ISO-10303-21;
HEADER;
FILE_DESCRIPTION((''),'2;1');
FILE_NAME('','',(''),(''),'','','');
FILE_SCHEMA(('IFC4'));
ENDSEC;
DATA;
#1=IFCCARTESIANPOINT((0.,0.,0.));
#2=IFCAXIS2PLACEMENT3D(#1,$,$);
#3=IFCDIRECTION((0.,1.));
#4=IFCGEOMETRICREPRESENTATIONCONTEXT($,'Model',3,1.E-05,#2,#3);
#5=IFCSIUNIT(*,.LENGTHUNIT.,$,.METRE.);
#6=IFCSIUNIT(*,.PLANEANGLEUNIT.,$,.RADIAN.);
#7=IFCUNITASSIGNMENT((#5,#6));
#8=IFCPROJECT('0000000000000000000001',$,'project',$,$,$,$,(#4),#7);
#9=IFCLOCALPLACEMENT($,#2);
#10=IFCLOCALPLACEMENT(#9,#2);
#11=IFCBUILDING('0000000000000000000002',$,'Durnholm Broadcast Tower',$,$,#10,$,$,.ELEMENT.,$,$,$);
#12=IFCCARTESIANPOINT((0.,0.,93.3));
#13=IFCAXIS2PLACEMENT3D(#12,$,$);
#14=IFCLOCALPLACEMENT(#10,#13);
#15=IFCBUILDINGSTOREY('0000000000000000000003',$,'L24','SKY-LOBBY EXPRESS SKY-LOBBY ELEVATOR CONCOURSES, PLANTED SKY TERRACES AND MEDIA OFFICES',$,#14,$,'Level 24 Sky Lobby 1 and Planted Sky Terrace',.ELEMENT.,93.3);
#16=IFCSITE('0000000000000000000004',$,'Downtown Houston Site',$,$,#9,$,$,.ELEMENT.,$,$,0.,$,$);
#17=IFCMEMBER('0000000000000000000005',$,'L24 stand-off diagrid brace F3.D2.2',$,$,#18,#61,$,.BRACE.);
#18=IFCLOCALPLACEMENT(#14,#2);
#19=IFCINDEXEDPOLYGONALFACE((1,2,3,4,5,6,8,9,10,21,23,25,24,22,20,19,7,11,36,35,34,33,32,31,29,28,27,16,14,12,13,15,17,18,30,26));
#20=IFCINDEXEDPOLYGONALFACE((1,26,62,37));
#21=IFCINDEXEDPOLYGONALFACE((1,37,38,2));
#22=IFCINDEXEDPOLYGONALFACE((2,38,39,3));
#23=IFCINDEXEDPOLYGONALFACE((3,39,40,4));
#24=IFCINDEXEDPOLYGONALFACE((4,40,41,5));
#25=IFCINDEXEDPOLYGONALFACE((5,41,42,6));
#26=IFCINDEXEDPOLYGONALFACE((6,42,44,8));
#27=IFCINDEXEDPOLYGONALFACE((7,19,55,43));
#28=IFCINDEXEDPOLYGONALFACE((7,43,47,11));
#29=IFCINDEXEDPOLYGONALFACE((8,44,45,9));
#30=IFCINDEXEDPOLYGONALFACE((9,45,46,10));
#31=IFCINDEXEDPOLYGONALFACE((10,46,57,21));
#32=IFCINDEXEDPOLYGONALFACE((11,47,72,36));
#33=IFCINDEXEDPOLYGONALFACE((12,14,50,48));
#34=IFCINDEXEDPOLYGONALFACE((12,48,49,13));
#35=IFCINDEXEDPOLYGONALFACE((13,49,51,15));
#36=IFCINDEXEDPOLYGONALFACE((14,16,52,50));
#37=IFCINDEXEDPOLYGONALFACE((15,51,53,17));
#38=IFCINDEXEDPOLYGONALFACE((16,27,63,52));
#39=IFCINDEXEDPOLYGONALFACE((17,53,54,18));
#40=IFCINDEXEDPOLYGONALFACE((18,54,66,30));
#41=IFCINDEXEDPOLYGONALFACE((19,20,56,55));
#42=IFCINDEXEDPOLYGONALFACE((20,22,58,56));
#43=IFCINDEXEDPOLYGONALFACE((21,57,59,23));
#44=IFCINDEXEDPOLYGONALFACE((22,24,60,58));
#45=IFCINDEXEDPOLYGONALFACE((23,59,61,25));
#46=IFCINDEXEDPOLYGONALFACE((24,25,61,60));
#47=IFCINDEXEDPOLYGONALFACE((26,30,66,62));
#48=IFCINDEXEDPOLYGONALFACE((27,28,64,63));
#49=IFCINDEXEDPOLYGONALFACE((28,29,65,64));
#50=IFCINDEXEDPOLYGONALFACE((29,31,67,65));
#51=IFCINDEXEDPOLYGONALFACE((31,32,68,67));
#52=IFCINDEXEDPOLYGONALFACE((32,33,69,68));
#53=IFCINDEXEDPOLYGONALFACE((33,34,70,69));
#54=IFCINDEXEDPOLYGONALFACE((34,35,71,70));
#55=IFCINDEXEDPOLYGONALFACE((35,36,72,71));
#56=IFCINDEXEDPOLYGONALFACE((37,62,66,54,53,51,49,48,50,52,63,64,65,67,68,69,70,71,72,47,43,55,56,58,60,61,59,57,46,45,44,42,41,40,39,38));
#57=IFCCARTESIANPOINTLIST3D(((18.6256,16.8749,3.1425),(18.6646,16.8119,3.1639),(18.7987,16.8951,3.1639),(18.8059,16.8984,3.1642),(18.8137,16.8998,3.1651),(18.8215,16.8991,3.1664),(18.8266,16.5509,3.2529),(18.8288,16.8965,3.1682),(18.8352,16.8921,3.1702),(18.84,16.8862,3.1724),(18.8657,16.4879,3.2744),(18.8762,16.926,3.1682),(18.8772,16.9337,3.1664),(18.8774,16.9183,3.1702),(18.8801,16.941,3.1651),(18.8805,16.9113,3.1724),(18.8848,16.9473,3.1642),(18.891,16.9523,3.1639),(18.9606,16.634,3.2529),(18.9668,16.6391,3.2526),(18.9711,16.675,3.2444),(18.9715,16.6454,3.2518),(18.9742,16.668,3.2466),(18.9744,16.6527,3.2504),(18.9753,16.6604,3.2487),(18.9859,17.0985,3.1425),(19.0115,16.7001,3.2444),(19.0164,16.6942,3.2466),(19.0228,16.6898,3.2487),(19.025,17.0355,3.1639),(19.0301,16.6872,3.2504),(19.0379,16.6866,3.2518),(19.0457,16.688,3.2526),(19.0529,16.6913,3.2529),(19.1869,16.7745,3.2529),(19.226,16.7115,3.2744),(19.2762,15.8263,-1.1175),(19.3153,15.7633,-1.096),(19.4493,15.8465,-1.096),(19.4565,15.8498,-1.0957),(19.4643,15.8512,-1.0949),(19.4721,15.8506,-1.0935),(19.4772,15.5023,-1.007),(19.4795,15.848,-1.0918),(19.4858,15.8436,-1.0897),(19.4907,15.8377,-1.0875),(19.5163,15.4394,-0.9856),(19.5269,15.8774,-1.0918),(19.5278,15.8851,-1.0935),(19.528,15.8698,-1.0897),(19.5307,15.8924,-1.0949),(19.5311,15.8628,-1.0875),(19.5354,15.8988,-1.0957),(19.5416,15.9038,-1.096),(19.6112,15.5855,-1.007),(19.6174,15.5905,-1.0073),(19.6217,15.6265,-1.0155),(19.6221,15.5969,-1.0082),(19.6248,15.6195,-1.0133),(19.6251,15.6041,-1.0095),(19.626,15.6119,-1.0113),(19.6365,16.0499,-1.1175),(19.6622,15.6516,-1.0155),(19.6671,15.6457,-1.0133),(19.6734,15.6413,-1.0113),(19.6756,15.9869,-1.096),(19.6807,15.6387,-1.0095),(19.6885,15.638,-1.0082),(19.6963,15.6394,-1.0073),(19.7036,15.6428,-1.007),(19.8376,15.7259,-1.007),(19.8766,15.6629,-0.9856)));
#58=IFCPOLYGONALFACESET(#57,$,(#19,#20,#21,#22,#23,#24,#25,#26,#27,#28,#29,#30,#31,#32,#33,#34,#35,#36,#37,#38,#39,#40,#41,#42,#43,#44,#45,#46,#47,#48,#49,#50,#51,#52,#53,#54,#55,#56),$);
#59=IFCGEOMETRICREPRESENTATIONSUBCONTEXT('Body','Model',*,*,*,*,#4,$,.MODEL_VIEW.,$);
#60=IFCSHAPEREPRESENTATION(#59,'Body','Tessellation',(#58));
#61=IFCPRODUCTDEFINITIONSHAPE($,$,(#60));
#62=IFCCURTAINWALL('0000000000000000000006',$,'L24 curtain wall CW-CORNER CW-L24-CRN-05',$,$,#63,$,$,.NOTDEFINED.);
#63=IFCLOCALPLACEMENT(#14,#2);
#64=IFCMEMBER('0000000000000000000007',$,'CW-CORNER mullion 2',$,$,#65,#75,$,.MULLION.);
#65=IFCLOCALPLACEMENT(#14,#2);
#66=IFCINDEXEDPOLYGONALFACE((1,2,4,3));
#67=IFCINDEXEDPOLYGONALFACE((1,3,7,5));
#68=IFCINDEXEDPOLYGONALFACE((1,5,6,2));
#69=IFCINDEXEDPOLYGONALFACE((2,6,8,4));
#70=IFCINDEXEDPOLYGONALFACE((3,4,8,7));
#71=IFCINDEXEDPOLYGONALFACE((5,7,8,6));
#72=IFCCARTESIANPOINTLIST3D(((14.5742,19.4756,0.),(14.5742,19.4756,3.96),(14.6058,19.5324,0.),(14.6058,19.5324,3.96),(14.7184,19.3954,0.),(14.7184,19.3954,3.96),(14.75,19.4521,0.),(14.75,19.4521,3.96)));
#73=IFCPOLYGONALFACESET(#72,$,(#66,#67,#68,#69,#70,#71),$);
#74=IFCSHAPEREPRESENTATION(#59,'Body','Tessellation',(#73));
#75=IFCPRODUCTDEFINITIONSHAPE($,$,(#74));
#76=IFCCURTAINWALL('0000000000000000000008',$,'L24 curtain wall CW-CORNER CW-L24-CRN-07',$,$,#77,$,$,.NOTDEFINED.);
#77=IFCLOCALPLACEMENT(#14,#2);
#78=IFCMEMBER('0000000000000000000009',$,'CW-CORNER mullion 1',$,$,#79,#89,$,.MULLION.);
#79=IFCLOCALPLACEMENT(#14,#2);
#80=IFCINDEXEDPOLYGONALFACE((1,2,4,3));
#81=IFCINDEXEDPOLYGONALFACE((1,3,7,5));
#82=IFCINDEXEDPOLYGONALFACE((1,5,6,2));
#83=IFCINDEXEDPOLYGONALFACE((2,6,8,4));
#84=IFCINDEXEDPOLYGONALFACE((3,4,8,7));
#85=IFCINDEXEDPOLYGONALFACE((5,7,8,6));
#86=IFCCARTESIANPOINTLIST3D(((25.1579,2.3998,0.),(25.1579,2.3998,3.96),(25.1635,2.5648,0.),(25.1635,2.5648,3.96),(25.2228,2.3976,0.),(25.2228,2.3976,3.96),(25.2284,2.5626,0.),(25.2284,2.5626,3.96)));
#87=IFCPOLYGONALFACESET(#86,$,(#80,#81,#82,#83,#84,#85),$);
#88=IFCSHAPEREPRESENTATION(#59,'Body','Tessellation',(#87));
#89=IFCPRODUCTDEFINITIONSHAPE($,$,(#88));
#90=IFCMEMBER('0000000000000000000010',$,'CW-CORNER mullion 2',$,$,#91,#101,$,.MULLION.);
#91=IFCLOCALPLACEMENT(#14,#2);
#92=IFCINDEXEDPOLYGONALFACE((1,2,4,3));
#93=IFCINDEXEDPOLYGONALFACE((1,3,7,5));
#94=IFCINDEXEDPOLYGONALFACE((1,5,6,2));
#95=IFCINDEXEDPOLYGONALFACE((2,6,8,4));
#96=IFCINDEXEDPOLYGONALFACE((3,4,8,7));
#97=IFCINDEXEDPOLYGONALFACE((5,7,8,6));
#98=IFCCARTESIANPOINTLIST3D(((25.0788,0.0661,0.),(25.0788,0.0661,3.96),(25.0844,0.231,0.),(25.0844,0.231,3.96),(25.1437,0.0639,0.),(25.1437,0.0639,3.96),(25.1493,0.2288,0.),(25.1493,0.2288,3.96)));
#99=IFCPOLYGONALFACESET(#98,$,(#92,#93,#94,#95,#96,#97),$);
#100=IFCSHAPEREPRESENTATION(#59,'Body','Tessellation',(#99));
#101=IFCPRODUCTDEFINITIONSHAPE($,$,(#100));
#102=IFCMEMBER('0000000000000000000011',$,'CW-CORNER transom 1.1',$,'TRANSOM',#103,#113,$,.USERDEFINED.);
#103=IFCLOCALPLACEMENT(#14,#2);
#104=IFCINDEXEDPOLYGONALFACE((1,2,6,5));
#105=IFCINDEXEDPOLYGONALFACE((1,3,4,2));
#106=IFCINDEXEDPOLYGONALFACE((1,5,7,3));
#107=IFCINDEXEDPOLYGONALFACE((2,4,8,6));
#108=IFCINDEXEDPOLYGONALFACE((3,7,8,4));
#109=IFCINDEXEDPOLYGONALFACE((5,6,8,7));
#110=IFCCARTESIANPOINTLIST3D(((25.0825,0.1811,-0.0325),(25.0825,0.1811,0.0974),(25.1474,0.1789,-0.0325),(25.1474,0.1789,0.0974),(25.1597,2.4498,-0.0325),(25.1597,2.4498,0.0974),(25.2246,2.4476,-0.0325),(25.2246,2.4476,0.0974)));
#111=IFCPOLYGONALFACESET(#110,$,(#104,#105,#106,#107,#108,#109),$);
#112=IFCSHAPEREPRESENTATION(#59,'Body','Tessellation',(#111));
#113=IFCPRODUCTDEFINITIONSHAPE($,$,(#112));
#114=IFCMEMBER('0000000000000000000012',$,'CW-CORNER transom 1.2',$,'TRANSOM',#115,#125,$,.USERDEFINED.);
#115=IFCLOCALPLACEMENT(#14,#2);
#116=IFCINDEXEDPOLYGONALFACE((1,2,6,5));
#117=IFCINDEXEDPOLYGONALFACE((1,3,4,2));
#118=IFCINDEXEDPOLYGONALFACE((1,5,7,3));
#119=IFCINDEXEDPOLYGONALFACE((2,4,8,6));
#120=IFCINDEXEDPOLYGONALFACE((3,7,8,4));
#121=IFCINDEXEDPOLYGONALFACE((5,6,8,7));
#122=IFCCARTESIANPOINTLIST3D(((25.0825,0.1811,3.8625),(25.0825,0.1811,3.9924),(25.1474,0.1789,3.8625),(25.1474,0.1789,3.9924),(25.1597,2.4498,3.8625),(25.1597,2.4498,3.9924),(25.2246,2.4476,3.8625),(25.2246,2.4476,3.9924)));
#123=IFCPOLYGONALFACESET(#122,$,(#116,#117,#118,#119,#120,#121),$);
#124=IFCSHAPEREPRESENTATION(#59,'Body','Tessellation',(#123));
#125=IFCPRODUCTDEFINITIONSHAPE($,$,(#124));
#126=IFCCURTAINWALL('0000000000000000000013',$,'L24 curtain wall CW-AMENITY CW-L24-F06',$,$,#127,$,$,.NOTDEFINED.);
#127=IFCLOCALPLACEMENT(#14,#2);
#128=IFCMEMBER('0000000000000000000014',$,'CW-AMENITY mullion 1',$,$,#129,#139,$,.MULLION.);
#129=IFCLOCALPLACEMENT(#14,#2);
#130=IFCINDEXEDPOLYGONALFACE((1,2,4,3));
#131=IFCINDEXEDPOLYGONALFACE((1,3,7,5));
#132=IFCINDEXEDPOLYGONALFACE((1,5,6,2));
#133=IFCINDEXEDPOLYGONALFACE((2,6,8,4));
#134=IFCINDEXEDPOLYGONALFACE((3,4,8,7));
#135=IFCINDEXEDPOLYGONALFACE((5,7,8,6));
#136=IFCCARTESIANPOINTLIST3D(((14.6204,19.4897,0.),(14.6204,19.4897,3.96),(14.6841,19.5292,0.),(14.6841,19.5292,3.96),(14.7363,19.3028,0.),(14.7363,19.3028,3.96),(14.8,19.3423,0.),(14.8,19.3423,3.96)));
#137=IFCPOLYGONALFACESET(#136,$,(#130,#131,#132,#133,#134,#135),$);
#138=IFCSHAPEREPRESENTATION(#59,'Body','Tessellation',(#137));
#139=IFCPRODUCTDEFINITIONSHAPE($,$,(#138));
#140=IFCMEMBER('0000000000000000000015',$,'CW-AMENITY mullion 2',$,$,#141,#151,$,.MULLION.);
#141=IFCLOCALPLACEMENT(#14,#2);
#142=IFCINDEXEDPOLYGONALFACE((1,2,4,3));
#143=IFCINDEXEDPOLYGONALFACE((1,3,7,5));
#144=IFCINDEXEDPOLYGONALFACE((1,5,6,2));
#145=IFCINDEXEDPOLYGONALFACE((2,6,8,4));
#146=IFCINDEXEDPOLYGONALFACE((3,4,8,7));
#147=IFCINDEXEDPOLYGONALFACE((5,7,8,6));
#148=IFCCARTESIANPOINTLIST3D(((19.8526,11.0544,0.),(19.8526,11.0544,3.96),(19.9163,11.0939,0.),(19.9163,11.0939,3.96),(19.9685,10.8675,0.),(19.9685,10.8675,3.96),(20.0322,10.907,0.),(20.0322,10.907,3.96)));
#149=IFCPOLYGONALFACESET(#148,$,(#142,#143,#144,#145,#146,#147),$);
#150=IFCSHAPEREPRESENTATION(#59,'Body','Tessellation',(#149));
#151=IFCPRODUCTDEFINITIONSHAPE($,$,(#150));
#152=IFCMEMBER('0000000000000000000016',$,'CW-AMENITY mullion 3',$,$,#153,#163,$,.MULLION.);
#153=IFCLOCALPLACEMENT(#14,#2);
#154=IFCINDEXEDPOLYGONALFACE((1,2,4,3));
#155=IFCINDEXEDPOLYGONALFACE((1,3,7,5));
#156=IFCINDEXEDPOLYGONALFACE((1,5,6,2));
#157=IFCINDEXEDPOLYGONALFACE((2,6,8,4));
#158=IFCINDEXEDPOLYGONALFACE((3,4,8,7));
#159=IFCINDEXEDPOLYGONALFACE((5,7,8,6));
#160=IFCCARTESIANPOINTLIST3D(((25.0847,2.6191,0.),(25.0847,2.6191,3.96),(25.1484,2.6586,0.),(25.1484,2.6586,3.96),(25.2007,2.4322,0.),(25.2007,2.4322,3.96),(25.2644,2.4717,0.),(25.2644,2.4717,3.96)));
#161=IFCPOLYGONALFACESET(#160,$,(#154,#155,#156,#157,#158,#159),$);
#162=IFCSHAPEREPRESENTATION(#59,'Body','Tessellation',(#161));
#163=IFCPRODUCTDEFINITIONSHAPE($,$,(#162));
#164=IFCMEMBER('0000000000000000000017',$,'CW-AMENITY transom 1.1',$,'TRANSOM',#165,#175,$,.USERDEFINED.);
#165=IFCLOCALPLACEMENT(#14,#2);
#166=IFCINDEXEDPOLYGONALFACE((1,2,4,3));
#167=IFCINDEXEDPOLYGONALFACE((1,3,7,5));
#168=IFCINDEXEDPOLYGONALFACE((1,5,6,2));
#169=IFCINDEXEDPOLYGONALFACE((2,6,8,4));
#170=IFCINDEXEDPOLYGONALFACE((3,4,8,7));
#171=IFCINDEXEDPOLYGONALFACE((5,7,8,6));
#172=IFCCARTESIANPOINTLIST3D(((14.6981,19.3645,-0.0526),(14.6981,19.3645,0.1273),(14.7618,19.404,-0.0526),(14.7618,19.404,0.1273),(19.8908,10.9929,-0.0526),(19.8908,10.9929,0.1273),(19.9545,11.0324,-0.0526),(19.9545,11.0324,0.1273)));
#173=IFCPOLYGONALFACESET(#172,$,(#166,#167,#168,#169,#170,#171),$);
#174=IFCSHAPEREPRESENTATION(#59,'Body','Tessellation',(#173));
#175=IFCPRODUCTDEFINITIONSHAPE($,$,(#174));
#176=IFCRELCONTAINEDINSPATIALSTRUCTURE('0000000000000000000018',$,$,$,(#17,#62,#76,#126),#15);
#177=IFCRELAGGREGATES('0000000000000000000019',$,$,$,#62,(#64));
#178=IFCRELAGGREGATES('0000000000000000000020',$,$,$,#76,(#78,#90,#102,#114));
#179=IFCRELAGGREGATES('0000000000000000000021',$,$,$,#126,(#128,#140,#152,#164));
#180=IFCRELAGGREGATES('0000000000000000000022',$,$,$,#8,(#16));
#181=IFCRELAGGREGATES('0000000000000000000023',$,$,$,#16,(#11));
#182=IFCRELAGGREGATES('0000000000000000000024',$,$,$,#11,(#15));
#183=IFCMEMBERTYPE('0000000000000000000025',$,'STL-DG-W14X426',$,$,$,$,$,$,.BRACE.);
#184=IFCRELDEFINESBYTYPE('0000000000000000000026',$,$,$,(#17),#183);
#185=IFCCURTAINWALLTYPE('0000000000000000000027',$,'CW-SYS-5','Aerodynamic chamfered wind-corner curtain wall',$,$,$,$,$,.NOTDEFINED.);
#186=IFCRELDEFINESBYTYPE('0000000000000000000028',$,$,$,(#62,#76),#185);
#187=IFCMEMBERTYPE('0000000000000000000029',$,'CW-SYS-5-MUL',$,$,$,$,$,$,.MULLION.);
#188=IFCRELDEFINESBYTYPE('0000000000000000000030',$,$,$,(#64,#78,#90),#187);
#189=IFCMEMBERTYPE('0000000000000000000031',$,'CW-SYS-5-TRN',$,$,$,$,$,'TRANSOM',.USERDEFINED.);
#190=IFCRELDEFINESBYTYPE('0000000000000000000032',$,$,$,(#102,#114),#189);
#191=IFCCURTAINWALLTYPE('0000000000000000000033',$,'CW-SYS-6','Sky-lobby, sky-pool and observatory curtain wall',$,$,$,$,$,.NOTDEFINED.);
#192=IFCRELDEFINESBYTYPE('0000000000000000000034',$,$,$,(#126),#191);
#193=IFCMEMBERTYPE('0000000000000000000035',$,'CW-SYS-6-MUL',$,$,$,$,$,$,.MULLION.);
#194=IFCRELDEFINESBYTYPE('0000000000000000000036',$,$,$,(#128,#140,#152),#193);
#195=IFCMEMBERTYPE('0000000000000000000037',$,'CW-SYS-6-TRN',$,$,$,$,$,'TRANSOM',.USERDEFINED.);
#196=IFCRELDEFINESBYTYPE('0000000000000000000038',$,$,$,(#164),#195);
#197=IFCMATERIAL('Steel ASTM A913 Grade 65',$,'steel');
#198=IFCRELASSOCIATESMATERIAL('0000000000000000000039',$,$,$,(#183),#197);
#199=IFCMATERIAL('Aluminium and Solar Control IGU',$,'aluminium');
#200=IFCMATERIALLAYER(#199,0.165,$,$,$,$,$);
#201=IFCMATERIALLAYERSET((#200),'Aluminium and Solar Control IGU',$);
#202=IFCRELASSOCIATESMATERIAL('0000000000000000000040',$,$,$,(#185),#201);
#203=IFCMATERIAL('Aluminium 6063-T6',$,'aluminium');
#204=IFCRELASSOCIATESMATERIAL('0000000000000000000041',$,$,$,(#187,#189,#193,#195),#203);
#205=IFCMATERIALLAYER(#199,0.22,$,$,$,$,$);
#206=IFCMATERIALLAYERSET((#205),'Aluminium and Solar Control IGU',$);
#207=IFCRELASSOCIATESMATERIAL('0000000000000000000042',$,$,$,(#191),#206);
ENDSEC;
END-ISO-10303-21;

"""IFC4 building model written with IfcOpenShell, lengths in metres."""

from ifc_helpers import new_model, si_unit, direction, frame, origin, origin_2d, place, context, subcontext, project, spatial, rectangle, i_section, extrude, source, transform, mapped, material, layer, layer_set, material_profile, profile_set, type_object, type_shapes, element, aggregate, save


model = new_model("IFC4")

# Units and contexts
model_context = context("Model", 3, precision=1e-05, world=origin(), true_north=direction((0.0, 1.0)))
body_context = subcontext(model_context, "Body", "Model", "MODEL_VIEW")
ifc_project = project(units=[si_unit("LENGTHUNIT", "METRE"), si_unit("PLANEANGLEUNIT", "RADIAN")], contexts=[model_context])

# Site, building, storey
site_placement = place(None, origin())
site = spatial("IfcSite", under=ifc_project, at=site_placement, Name="Downtown Houston Site", CompositionType="ELEMENT", RefElevation=0.0)
building_placement = place(site_placement, origin())
building = spatial("IfcBuilding", under=site, at=building_placement, Name="Durnholm Broadcast Tower", CompositionType="ELEMENT")
storey_placement = place(building_placement, frame((0.0, 0.0, 93.3)))
storey = spatial("IfcBuildingStorey", under=building, at=storey_placement, Name="L24", Description="SKY-LOBBY EXPRESS SKY-LOBBY ELEVATOR CONCOURSES, PLANTED SKY TERRACES AND MEDIA OFFICES", LongName="Level 24 Sky Lobby 1 and Planted Sky Terrace", CompositionType="ELEMENT", Elevation=93.3)

# Member
ifc_material_1 = material(Name="Steel ASTM A913 Grade 65", Category="steel")
ifc_material_profile_1 = material_profile(ifc_material_1, i_section(OverallWidth=0.4241, OverallDepth=0.4741, WebThickness=0.0476, FlangeThickness=0.0771, FilletRadius=0.0305, at=origin_2d()), Name="W14X426")
ifc_profile_set_1 = profile_set([ifc_material_profile_1], Name="Steel ASTM A913 Grade 65")
member_type_1 = type_object("IfcMemberType", Name="STL-DG-W14X426", PredefinedType="BRACE", material=ifc_profile_set_1)
shared_shape_1 = source(origin(), body_context, "Body", "SweptSolid", [
    extrude(i_section(OverallWidth=0.4241, OverallDepth=0.4741, WebThickness=0.0476, FlangeThickness=0.0771, FilletRadius=0.0305, at=origin_2d()), origin(), (0.0, 0.0, 1.0), 4.4351),
])
type_shapes(member_type_1, [shared_shape_1])
for number, where, z_axis, x_axis, name in (
    (1, (19.5764, 15.7446, -1.0515), (-0.1467, 0.236426, 0.960511), (-0.849717, -0.52724, 0.0), "L24 stand-off diagrid brace F3.D2.2"),
):
    element("IfcMember", number, at=place(storey_placement, frame(where, z_axis=z_axis, x_axis=x_axis)), inside=storey, type_object=member_type_1, Name=name, PredefinedType="BRACE", context=body_context, shape_type="MappedRepresentation", body=[
        mapped(shared_shape_1, transform((0.0, 0.0, 0.0), x_axis=(1.0, 0.0, 0.0), y_axis=(0.0, 1.0, 0.0), z_axis=(0.0, 0.0, 1.0), scale=1.0)),
    ])

# Curtain wall, member
ifc_material_2 = material(Name="Aluminium and Solar Control IGU", Category="aluminium")
ifc_layer_1 = layer(ifc_material_2, 0.165)
ifc_layer_set_1 = layer_set([ifc_layer_1], Name="Aluminium and Solar Control IGU")
curtain_wall_type_1 = type_object("IfcCurtainWallType", Name="CW-SYS-5", Description="Aerodynamic chamfered wind-corner curtain wall", PredefinedType="NOTDEFINED", material=ifc_layer_set_1)
curtain_wall_1_placement = place(storey_placement, origin())
curtain_wall_1 = element("IfcCurtainWall", 2, at=curtain_wall_1_placement, inside=storey, type_object=curtain_wall_type_1, Name="L24 curtain wall CW-CORNER CW-L24-CRN-05", PredefinedType="NOTDEFINED")
ifc_material_3 = material(Name="Aluminium 6063-T6", Category="aluminium")
ifc_material_profile_2 = material_profile(ifc_material_3, rectangle(XDim=0.0649, YDim=0.165, at=origin_2d()), Name="CWM65X165")
ifc_profile_set_2 = profile_set([ifc_material_profile_2], Name="Aluminium 6063-T6")
member_type_2 = type_object("IfcMemberType", Name="CW-SYS-5-MUL", PredefinedType="MULLION", material=ifc_profile_set_2)
shared_shape_2 = source(origin(), body_context, "Body", "SweptSolid", [
    extrude(rectangle(XDim=0.0649, YDim=0.165, at=origin_2d()), origin(), (0.0, 0.0, 1.0), 3.96),
])
type_shapes(member_type_2, [shared_shape_2])
member_1_placement = place(storey_placement, frame((14.6621, 19.4639, 0.0), z_axis=(0.0, 0.0, 1.0), x_axis=(0.486244, 0.873823, 0.0)))
member_1 = element("IfcMember", 3, at=member_1_placement, type_object=member_type_2, Name="CW-CORNER mullion 2", PredefinedType="MULLION", context=body_context, shape_type="MappedRepresentation", body=[
    mapped(shared_shape_2, transform((0.0, 0.0, 0.0), x_axis=(1.0, 0.0, 0.0), y_axis=(0.0, 1.0, 0.0), z_axis=(0.0, 0.0, 1.0), scale=1.0)),
])

# Curtain walls, members
curtain_wall_2_placement = place(storey_placement, origin())
curtain_wall_2 = element("IfcCurtainWall", 4, at=curtain_wall_2_placement, inside=storey, type_object=curtain_wall_type_1, Name="L24 curtain wall CW-CORNER CW-L24-CRN-07", PredefinedType="NOTDEFINED")
member_2_placement = place(storey_placement, frame((25.1931, 2.4812, 0.0), z_axis=(0.0, 0.0, 1.0), x_axis=(0.999425, -0.033917, 0.0)))
member_2 = element("IfcMember", 5, at=member_2_placement, type_object=member_type_2, Name="CW-CORNER mullion 1", PredefinedType="MULLION", context=body_context, shape_type="MappedRepresentation", body=[
    mapped(shared_shape_2, transform((0.0, 0.0, 0.0), x_axis=(1.0, 0.0, 0.0), y_axis=(0.0, 1.0, 0.0), z_axis=(0.0, 0.0, 1.0), scale=1.0)),
])
member_3_placement = place(storey_placement, frame((25.114, 0.1475, 0.0), z_axis=(0.0, 0.0, 1.0), x_axis=(0.999425, -0.033917, 0.0)))
member_3 = element("IfcMember", 6, at=member_3_placement, type_object=member_type_2, Name="CW-CORNER mullion 2", PredefinedType="MULLION", context=body_context, shape_type="MappedRepresentation", body=[
    mapped(shared_shape_2, transform((0.0, 0.0, 0.0), x_axis=(1.0, 0.0, 0.0), y_axis=(0.0, 1.0, 0.0), z_axis=(0.0, 0.0, 1.0), scale=1.0)),
])
ifc_material_profile_3 = material_profile(ifc_material_3, rectangle(XDim=0.0649, YDim=0.1299, at=origin_2d()), Name="CWT65X130")
ifc_profile_set_3 = profile_set([ifc_material_profile_3], Name="Aluminium 6063-T6")
member_type_3 = type_object("IfcMemberType", Name="CW-SYS-5-TRN", ElementType="TRANSOM", PredefinedType="USERDEFINED", material=ifc_profile_set_3)
shared_shape_3 = source(origin(), body_context, "Body", "SweptSolid", [
    extrude(rectangle(XDim=0.0649, YDim=0.1299, at=origin_2d()), origin(), (0.0, 0.0, 1.0), 2.27),
])
type_shapes(member_type_3, [shared_shape_3])
member_4_placement = place(storey_placement, frame((25.1921, 2.4487, 0.0325), z_axis=(-0.033984, -0.999422, 0.0), x_axis=(0.999422, -0.033984, 0.0)))
member_4 = element("IfcMember", 7, at=member_4_placement, type_object=member_type_3, Name="CW-CORNER transom 1.1", ObjectType="TRANSOM", PredefinedType="USERDEFINED", context=body_context, shape_type="MappedRepresentation", body=[
    mapped(shared_shape_3, transform((0.0, 0.0, 0.0), x_axis=(1.0, 0.0, 0.0), y_axis=(0.0, 1.0, 0.0), z_axis=(0.0, 0.0, 1.0), scale=1.0)),
])
member_5_placement = place(storey_placement, frame((25.1921, 2.4487, 3.9275), z_axis=(-0.033984, -0.999422, 0.0), x_axis=(0.999422, -0.033984, 0.0)))
member_5 = element("IfcMember", 8, at=member_5_placement, type_object=member_type_3, Name="CW-CORNER transom 1.2", ObjectType="TRANSOM", PredefinedType="USERDEFINED", context=body_context, shape_type="MappedRepresentation", body=[
    mapped(shared_shape_3, transform((0.0, 0.0, 0.0), x_axis=(1.0, 0.0, 0.0), y_axis=(0.0, 1.0, 0.0), z_axis=(0.0, 0.0, 1.0), scale=1.0)),
])
ifc_layer_2 = layer(ifc_material_2, 0.22)
ifc_layer_set_2 = layer_set([ifc_layer_2], Name="Aluminium and Solar Control IGU")
curtain_wall_type_2 = type_object("IfcCurtainWallType", Name="CW-SYS-6", Description="Sky-lobby, sky-pool and observatory curtain wall", PredefinedType="NOTDEFINED", material=ifc_layer_set_2)
curtain_wall_3_placement = place(storey_placement, origin())
curtain_wall_3 = element("IfcCurtainWall", 9, at=curtain_wall_3_placement, inside=storey, type_object=curtain_wall_type_2, Name="L24 curtain wall CW-AMENITY CW-L24-F06", PredefinedType="NOTDEFINED")
ifc_material_profile_4 = material_profile(ifc_material_3, rectangle(XDim=0.075, YDim=0.22, at=origin_2d()), Name="CWM75X220")
ifc_profile_set_4 = profile_set([ifc_material_profile_4], Name="Aluminium 6063-T6")
member_type_4 = type_object("IfcMemberType", Name="CW-SYS-6-MUL", PredefinedType="MULLION", material=ifc_profile_set_4)
shared_shape_4 = source(origin(), body_context, "Body", "SweptSolid", [
    extrude(rectangle(XDim=0.075, YDim=0.22, at=origin_2d()), origin(), (0.0, 0.0, 1.0), 3.96),
])
type_shapes(member_type_4, [shared_shape_4])
member_6_placement = place(storey_placement, frame((14.7102, 19.416, 0.0), z_axis=(0.0, 0.0, 1.0), x_axis=(0.8498, 0.527105, 0.0)))
member_6 = element("IfcMember", 10, at=member_6_placement, type_object=member_type_4, Name="CW-AMENITY mullion 1", PredefinedType="MULLION", context=body_context, shape_type="MappedRepresentation", body=[
    mapped(shared_shape_4, transform((0.0, 0.0, 0.0), x_axis=(1.0, 0.0, 0.0), y_axis=(0.0, 1.0, 0.0), z_axis=(0.0, 0.0, 1.0), scale=1.0)),
])
member_7_placement = place(storey_placement, frame((19.9424, 10.9807, 0.0), z_axis=(0.0, 0.0, 1.0), x_axis=(0.8498, 0.527105, 0.0)))
member_7 = element("IfcMember", 11, at=member_7_placement, type_object=member_type_4, Name="CW-AMENITY mullion 2", PredefinedType="MULLION", context=body_context, shape_type="MappedRepresentation", body=[
    mapped(shared_shape_4, transform((0.0, 0.0, 0.0), x_axis=(1.0, 0.0, 0.0), y_axis=(0.0, 1.0, 0.0), z_axis=(0.0, 0.0, 1.0), scale=1.0)),
])
member_8_placement = place(storey_placement, frame((25.1746, 2.5454, 0.0), z_axis=(0.0, 0.0, 1.0), x_axis=(0.8498, 0.527105, 0.0)))
member_8 = element("IfcMember", 12, at=member_8_placement, type_object=member_type_4, Name="CW-AMENITY mullion 3", PredefinedType="MULLION", context=body_context, shape_type="MappedRepresentation", body=[
    mapped(shared_shape_4, transform((0.0, 0.0, 0.0), x_axis=(1.0, 0.0, 0.0), y_axis=(0.0, 1.0, 0.0), z_axis=(0.0, 0.0, 1.0), scale=1.0)),
])
ifc_material_profile_5 = material_profile(ifc_material_3, rectangle(XDim=0.075, YDim=0.1799, at=origin_2d()), Name="CWT75X180")
ifc_profile_set_5 = profile_set([ifc_material_profile_5], Name="Aluminium 6063-T6")
member_type_5 = type_object("IfcMemberType", Name="CW-SYS-6-TRN", ElementType="TRANSOM", PredefinedType="USERDEFINED", material=ifc_profile_set_5)
shared_shape_5 = source(origin(), body_context, "Body", "SweptSolid", [
    extrude(rectangle(XDim=0.075, YDim=0.1799, at=origin_2d()), origin(), (0.0, 0.0, 1.0), 9.8513),
])
type_shapes(member_type_5, [shared_shape_5])
member_9_placement = place(storey_placement, frame((14.73, 19.3843, 0.0374), z_axis=(0.527104, -0.849801, 0.0), x_axis=(0.849801, 0.527104, 0.0)))
member_9 = element("IfcMember", 13, at=member_9_placement, type_object=member_type_5, Name="CW-AMENITY transom 1.1", ObjectType="TRANSOM", PredefinedType="USERDEFINED", context=body_context, shape_type="MappedRepresentation", body=[
    mapped(shared_shape_5, transform((0.0, 0.0, 0.0), x_axis=(1.0, 0.0, 0.0), y_axis=(0.0, 1.0, 0.0), z_axis=(0.0, 0.0, 1.0), scale=1.0)),
])

aggregate(curtain_wall_1, [member_1])
aggregate(curtain_wall_2, [member_2, member_3, member_4, member_5])
aggregate(curtain_wall_3, [member_6, member_7, member_8, member_9])

save(model, "model.ifc")
